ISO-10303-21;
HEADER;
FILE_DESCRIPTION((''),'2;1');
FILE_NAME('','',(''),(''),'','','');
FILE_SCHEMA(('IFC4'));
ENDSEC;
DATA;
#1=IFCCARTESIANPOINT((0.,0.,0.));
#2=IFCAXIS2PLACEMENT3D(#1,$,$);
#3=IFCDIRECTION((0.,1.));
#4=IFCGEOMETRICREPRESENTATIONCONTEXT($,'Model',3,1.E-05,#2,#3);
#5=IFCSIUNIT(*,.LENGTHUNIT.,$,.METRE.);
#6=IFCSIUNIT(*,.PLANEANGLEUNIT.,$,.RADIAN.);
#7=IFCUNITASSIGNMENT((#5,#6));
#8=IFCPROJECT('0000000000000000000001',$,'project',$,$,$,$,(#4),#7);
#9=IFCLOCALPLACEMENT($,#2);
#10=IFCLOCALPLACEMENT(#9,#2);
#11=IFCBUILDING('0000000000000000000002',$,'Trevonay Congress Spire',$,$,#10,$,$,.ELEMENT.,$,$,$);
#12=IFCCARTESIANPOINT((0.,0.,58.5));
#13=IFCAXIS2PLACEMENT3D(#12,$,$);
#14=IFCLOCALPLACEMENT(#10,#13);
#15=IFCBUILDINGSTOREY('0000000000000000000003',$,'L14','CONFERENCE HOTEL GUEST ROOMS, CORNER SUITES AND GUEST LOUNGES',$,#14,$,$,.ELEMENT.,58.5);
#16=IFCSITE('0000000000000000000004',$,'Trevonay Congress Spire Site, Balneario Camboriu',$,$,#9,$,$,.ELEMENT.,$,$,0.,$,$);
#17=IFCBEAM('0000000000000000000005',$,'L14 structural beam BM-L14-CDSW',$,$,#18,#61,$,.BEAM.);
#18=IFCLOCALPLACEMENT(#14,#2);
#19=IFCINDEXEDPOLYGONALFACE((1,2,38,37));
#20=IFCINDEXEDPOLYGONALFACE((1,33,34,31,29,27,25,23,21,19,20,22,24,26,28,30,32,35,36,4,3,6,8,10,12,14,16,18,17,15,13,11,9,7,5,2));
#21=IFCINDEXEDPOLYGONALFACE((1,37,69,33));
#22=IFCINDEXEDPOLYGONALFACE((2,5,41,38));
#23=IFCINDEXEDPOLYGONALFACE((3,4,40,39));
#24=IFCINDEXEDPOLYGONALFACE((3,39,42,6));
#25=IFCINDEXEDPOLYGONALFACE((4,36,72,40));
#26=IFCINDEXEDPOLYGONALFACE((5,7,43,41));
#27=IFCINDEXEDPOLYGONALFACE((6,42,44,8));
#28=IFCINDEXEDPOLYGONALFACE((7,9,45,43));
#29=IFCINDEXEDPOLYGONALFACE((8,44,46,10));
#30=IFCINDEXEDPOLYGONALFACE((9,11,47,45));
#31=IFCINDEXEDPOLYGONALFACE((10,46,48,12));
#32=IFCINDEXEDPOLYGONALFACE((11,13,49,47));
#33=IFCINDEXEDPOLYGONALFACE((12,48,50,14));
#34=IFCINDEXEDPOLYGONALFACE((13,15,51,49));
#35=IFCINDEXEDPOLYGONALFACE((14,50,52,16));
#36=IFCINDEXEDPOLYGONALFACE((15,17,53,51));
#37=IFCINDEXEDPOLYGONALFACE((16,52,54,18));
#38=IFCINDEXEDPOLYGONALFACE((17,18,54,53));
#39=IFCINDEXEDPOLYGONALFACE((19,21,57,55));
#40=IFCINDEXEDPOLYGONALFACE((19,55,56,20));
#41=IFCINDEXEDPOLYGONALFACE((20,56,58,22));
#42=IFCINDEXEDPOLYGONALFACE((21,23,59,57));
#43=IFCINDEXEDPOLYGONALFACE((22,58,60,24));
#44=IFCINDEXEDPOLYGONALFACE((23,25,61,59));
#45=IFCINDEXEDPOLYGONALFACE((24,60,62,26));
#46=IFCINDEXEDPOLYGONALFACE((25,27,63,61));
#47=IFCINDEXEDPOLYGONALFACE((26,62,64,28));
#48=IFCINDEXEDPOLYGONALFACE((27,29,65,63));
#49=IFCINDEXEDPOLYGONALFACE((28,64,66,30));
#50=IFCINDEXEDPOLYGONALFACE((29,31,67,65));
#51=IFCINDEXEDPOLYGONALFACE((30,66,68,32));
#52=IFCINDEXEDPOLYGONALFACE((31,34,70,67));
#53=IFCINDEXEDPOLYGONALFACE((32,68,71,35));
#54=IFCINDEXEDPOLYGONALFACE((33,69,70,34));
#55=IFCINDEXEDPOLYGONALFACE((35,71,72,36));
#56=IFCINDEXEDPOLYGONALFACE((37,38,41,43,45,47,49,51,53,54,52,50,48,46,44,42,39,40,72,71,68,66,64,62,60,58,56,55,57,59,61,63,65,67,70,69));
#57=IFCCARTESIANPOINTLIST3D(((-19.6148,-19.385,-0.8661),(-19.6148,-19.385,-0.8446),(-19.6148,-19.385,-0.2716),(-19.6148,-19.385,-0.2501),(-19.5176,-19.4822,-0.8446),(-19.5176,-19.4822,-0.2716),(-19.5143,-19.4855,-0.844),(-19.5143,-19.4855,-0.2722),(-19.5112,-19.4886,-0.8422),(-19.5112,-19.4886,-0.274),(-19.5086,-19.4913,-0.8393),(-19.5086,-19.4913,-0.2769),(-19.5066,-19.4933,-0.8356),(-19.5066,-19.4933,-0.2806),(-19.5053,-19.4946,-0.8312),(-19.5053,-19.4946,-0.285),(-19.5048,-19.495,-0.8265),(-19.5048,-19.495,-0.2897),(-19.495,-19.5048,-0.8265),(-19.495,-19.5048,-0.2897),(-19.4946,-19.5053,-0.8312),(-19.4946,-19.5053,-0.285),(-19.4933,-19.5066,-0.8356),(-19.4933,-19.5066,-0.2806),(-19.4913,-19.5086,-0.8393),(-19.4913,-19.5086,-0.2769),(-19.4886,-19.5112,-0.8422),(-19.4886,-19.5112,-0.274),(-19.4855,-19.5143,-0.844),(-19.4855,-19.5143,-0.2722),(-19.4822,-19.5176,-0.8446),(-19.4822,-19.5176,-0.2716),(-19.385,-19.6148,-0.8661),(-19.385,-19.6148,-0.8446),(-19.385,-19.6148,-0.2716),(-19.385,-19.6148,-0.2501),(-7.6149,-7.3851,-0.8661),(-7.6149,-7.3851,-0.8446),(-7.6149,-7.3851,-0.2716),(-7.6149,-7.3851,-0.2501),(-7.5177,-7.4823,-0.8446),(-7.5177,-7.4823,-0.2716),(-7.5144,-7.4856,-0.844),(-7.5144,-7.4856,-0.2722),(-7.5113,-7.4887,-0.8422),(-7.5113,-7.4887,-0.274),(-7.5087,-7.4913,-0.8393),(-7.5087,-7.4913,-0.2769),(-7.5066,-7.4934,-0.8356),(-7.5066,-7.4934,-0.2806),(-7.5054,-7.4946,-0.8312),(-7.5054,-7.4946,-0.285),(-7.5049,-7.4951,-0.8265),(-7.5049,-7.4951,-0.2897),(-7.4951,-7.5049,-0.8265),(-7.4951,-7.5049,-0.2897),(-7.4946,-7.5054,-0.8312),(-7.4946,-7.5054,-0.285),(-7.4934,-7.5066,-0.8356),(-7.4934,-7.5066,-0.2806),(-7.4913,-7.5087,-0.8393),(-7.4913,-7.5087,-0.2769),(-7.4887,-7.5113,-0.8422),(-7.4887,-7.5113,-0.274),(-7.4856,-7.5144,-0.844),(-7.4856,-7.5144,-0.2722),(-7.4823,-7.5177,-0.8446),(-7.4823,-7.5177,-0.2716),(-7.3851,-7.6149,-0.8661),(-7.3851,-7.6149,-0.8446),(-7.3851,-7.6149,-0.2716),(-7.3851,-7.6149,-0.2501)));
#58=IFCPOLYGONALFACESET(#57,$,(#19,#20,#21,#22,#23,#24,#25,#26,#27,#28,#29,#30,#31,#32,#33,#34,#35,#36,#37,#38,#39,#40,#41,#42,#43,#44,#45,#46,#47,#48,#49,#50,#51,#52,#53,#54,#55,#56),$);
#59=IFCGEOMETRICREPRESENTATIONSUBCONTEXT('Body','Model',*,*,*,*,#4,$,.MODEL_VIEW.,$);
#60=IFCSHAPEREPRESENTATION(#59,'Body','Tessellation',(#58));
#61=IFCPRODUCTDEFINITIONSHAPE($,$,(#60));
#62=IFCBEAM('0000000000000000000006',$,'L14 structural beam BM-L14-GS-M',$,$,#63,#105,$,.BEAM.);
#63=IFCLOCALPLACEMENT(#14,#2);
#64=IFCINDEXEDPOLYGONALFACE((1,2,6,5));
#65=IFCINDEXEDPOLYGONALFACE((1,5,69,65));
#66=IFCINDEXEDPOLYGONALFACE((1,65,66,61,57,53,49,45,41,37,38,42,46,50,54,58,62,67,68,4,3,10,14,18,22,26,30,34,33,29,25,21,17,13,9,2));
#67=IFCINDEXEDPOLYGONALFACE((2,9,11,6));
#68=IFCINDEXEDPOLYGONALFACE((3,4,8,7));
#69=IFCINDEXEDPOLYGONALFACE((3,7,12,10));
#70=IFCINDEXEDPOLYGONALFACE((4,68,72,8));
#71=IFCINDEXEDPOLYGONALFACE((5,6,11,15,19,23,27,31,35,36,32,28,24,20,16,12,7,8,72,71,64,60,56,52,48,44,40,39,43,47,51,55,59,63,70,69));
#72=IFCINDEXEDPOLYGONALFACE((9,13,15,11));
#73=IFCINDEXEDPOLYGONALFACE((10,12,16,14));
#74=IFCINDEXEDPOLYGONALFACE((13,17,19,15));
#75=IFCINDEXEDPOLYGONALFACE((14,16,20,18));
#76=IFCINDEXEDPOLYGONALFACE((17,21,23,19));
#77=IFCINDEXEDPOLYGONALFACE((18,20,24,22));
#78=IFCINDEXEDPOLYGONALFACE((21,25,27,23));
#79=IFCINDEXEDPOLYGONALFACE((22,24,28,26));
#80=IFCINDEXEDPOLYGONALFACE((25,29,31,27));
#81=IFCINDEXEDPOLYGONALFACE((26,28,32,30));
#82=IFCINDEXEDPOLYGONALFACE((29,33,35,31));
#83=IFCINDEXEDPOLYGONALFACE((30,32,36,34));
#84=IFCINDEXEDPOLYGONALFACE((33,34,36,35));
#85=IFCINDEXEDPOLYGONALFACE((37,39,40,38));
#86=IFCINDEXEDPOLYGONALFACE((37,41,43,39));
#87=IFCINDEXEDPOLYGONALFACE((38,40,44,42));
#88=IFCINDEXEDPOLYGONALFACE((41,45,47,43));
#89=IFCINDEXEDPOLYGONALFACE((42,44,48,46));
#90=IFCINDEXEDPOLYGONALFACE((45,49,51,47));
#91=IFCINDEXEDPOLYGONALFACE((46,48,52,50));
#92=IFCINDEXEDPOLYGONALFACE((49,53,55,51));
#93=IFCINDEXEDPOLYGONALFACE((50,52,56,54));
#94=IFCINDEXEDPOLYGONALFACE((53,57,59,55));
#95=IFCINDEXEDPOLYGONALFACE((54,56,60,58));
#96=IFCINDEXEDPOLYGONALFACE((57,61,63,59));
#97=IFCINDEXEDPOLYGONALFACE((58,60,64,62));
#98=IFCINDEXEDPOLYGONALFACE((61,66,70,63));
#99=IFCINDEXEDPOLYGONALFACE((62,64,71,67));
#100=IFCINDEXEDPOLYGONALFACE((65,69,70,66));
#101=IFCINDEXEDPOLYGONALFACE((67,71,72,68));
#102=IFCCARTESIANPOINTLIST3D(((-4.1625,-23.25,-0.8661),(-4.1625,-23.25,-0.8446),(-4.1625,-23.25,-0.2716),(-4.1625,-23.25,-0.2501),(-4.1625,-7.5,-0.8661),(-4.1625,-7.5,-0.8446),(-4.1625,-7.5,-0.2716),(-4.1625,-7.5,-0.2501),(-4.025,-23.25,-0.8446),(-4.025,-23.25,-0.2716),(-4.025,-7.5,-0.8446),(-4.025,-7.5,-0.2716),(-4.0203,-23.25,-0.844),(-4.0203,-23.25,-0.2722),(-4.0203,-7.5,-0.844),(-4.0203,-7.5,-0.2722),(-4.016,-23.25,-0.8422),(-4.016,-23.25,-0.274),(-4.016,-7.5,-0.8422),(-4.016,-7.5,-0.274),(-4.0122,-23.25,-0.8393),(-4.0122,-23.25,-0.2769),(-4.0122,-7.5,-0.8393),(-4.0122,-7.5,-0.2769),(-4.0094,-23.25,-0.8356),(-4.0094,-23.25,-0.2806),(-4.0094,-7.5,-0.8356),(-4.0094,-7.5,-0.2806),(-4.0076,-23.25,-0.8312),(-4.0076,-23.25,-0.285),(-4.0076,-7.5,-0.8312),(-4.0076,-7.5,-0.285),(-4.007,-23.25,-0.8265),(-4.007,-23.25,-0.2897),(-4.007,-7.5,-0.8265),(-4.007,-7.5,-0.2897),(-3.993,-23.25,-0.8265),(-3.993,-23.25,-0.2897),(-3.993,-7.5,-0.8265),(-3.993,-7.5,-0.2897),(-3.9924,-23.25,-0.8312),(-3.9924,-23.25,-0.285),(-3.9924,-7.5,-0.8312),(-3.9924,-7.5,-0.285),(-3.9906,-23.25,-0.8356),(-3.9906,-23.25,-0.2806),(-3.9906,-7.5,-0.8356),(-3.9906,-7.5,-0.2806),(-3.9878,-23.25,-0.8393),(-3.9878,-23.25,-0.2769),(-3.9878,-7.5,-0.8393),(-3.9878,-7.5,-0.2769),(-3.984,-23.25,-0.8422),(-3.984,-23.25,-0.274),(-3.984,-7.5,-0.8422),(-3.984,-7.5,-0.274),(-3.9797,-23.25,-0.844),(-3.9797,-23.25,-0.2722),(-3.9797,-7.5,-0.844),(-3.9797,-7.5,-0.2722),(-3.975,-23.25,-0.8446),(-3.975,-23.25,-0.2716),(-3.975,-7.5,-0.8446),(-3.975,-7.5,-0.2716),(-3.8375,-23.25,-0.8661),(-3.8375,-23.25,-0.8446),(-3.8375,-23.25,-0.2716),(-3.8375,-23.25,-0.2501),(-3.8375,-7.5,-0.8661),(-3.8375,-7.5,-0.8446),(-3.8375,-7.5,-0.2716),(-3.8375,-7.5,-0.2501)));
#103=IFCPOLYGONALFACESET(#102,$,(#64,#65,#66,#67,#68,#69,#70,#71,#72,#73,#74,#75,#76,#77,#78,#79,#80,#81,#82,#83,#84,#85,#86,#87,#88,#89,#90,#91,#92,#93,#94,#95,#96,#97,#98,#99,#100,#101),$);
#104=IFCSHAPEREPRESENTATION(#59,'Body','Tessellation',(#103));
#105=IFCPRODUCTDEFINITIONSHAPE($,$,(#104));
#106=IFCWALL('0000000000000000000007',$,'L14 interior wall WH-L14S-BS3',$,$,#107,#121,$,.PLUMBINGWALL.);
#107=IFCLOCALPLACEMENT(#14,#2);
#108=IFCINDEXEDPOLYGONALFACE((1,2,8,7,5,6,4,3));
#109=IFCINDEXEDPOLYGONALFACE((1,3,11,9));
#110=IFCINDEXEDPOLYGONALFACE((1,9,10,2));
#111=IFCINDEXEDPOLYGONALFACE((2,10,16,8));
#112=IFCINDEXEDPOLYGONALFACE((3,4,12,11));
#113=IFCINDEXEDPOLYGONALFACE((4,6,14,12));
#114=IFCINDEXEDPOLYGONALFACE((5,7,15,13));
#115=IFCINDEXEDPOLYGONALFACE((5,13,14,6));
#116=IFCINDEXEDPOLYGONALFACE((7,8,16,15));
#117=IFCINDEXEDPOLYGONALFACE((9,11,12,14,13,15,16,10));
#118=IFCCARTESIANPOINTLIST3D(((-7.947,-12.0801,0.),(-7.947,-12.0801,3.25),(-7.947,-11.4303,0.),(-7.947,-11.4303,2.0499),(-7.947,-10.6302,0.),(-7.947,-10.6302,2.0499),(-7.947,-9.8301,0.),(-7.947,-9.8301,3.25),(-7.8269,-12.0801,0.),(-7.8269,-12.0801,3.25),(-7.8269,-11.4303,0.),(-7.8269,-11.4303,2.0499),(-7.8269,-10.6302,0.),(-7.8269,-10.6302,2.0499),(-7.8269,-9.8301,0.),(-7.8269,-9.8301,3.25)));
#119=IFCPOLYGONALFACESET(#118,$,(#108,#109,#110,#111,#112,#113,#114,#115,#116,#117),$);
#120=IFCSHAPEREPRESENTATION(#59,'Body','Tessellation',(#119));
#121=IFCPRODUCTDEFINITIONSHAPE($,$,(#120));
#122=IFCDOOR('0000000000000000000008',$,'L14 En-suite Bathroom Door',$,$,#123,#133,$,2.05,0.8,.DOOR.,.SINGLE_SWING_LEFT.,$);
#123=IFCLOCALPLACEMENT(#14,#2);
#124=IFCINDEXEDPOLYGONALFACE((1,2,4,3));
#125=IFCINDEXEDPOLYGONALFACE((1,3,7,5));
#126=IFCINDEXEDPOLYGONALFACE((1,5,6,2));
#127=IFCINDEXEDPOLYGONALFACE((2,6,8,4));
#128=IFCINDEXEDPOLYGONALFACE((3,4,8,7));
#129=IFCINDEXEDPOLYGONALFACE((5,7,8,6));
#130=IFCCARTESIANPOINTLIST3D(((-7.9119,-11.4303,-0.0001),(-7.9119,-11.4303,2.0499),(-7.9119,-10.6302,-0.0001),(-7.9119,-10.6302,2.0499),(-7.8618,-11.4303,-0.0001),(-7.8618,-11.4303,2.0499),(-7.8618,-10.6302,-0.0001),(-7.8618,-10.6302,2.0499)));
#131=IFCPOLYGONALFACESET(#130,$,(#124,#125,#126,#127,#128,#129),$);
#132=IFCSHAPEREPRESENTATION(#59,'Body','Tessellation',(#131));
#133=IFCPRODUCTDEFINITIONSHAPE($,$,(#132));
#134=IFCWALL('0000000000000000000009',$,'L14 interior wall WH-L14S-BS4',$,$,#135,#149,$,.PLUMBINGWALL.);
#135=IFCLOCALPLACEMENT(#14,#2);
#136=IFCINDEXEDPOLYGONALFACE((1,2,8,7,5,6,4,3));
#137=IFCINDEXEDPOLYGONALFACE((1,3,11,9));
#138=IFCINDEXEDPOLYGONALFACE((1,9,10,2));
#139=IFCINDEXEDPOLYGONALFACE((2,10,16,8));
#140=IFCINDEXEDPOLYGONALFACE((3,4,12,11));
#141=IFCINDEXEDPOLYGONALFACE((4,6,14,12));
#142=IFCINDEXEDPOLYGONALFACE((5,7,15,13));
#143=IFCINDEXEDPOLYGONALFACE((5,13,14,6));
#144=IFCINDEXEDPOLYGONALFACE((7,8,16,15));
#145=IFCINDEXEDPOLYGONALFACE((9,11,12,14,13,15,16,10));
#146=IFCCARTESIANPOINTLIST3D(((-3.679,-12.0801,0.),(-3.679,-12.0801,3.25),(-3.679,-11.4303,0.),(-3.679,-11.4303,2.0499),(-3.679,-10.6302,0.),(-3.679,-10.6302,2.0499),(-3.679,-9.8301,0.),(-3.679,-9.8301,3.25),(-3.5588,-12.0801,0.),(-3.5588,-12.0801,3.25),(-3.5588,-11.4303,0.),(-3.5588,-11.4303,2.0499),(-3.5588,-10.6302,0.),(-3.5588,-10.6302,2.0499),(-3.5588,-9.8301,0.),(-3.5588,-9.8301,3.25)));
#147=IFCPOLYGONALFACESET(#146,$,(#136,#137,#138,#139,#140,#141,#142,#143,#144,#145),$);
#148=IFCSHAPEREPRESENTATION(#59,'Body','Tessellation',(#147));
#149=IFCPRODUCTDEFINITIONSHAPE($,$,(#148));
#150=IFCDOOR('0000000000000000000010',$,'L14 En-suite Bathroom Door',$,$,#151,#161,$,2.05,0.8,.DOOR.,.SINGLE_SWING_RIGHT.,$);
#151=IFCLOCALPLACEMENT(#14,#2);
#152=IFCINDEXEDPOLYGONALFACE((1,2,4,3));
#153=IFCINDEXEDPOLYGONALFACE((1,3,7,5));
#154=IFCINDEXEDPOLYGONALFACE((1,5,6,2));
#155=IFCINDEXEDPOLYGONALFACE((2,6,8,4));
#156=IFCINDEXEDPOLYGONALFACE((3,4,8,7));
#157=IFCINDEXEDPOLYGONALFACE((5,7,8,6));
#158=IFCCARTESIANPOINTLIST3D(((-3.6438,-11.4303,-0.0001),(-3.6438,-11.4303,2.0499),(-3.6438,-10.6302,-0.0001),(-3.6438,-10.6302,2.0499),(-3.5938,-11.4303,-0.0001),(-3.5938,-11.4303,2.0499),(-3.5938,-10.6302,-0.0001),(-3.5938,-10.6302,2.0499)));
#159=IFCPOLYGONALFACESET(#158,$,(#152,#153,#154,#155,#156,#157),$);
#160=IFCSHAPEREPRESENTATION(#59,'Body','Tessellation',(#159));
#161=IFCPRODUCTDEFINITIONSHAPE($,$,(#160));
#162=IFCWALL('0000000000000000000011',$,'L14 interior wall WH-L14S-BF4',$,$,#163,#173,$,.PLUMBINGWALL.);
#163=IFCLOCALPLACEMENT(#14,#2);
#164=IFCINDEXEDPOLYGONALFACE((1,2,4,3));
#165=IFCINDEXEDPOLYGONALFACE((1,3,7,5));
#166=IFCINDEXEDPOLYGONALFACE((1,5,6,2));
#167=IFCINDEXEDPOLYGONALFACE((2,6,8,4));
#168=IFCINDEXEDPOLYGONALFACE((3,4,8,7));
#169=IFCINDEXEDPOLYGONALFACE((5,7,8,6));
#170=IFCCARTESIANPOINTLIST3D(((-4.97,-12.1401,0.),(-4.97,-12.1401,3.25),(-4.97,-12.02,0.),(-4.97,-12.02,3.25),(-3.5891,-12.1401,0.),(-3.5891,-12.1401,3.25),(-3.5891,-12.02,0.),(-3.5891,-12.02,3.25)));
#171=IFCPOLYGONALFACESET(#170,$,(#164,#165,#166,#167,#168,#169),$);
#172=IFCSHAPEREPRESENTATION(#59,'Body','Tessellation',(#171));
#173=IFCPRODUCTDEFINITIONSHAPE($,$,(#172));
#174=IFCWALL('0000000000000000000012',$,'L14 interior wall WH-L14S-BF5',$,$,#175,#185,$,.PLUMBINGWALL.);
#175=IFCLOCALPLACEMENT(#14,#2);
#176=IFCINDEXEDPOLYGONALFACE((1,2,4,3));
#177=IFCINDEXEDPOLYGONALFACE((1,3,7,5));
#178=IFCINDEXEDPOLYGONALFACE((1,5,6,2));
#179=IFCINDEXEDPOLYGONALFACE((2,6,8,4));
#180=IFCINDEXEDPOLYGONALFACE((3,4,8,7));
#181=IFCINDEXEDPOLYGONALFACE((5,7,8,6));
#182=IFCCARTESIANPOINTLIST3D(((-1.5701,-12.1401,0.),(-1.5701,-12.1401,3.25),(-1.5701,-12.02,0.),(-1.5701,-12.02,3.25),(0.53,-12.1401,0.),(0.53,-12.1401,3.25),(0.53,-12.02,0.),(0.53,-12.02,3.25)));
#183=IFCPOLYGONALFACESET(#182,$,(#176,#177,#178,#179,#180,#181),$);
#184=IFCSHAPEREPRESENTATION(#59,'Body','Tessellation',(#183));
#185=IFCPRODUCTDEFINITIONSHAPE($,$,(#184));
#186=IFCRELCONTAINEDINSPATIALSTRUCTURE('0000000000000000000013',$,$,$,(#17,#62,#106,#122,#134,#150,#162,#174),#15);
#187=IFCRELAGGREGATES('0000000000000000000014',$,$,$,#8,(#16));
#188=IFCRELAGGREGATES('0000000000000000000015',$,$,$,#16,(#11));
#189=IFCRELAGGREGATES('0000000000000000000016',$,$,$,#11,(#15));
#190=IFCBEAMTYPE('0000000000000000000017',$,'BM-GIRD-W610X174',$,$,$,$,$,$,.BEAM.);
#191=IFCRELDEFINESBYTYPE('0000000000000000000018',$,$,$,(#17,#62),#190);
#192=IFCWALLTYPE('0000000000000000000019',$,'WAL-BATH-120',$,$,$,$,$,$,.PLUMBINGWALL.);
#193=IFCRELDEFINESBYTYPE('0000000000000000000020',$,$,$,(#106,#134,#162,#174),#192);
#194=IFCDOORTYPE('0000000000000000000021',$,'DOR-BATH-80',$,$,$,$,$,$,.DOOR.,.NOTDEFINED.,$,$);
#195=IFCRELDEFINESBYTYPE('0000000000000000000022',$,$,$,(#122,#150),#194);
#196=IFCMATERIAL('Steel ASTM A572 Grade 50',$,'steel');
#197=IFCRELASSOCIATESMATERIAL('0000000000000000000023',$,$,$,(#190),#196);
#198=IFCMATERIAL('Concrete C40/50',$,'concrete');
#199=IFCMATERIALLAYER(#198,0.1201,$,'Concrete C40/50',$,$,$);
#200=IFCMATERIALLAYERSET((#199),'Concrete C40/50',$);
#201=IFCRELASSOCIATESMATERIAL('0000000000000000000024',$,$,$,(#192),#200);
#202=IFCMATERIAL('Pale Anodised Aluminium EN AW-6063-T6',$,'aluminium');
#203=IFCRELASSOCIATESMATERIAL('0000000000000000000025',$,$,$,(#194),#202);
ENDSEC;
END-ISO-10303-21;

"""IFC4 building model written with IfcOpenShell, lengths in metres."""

from ifc_helpers import new_model, si_unit, direction, frame, frame_2d, origin, origin_2d, place, context, subcontext, project, spatial, rectangle, i_section, extrude, material, layer, layer_set, material_profile, profile_set, type_object, element, fill, save


model = new_model("IFC4")

# Units and contexts
model_context = context("Model", 3, precision=1e-05, world=origin(), true_north=direction((0.0, 1.0)))
body_context = subcontext(model_context, "Body", "Model", "MODEL_VIEW")
ifc_project = project(units=[si_unit("LENGTHUNIT", "METRE"), si_unit("PLANEANGLEUNIT", "RADIAN")], contexts=[model_context])

# Site, building, storey
site_placement = place(None, origin())
site = spatial("IfcSite", under=ifc_project, at=site_placement, Name="Trevonay Congress Spire Site, Balneario Camboriu", CompositionType="ELEMENT", RefElevation=0.0)
building_placement = place(site_placement, origin())
building = spatial("IfcBuilding", under=site, at=building_placement, Name="Trevonay Congress Spire", CompositionType="ELEMENT")
storey_placement = place(building_placement, frame((0.0, 0.0, 58.5)))
storey = spatial("IfcBuildingStorey", under=building, at=storey_placement, Name="L14", Description="CONFERENCE HOTEL GUEST ROOMS, CORNER SUITES AND GUEST LOUNGES", CompositionType="ELEMENT", Elevation=58.5)

# Shared definitions
ifc_material_1 = material(Name="Steel ASTM A572 Grade 50", Category="steel")

# Beams
ifc_material_profile_1 = material_profile(ifc_material_1, i_section(OverallWidth=0.325, OverallDepth=0.616, WebThickness=0.0139, FlangeThickness=0.0215, FilletRadius=0.0181, at=origin_2d()), Name="W610x174")
ifc_profile_set_1 = profile_set([ifc_material_profile_1], Name="Steel ASTM A572 Grade 50")
beam_type_1 = type_object("IfcBeamType", Name="BM-GIRD-W610X174", PredefinedType="BEAM", material=ifc_profile_set_1)
beam_1_placement = place(storey_placement, frame((-7.5, -7.5, -0.5581), z_axis=(-0.707107, -0.707107, 0.0), x_axis=(0.707107, -0.707107, 0.0)))
element("IfcBeam", 1, at=beam_1_placement, inside=storey, type_object=beam_type_1, Name="L14 structural beam BM-L14-CDSW", PredefinedType="BEAM", context=body_context, shape_type="SweptSolid", body=[
    extrude(i_section(OverallWidth=0.325, OverallDepth=0.616, WebThickness=0.0139, FlangeThickness=0.0215, FilletRadius=0.0181, at=origin_2d()), origin(), (0.0, 0.0, 1.0), 16.9705),
])
beam_2_placement = place(storey_placement, frame((-4.0, -7.5, -0.5581), z_axis=(0.0, -1.0, 0.0), x_axis=(1.0, 0.0, 0.0)))
element("IfcBeam", 2, at=beam_2_placement, inside=storey, type_object=beam_type_1, Name="L14 structural beam BM-L14-GS-M", PredefinedType="BEAM", context=body_context, shape_type="SweptSolid", body=[
    extrude(i_section(OverallWidth=0.325, OverallDepth=0.616, WebThickness=0.0139, FlangeThickness=0.0215, FilletRadius=0.0181, at=origin_2d()), origin(), (0.0, 0.0, 1.0), 15.75),
])

# Walls, openings, doors
ifc_material_2 = material(Name="Concrete C40/50", Category="concrete")
ifc_layer_1 = layer(ifc_material_2, 0.1201, Name="Concrete C40/50")
ifc_layer_set_1 = layer_set([ifc_layer_1], Name="Concrete C40/50")
wall_type_1 = type_object("IfcWallType", Name="WAL-BATH-120", PredefinedType="PLUMBINGWALL", material=ifc_layer_set_1)
wall_1_placement = place(storey_placement, frame((-7.887, -12.0801, 0.0), z_axis=(0.0, 0.0, 1.0), x_axis=(0.0, 1.0, 0.0)))
wall_1 = element("IfcWall", 3, at=wall_1_placement, inside=storey, type_object=wall_type_1, Name="L14 interior wall WH-L14S-BS3", PredefinedType="PLUMBINGWALL", context=body_context, shape_type="SweptSolid", body=[
    extrude(rectangle(XDim=2.25, YDim=0.1201, at=frame_2d((1.125, 0.0))), origin(), (0.0, 0.0, 1.0), 3.25),
])
opening_1_placement = place(wall_1_placement, frame((0.6499, 0.0, 0.0)))
opening_1 = element("IfcOpeningElement", 4, at=opening_1_placement, cuts=wall_1, PredefinedType="OPENING", context=body_context, shape_type="SweptSolid", body=[
    extrude(rectangle(XDim=0.8, YDim=2.05, at=frame_2d((0.3999, 1.0249))), frame((0.0, 0.0701, 0.0), z_axis=(0.0, -1.0, 0.0), x_axis=(1.0, 0.0, 0.0)), (0.0, 0.0, 1.0), 0.1401),
])
ifc_material_3 = material(Name="Pale Anodised Aluminium EN AW-6063-T6", Category="aluminium")
door_type_1 = type_object("IfcDoorType", Name="DOR-BATH-80", OperationType="NOTDEFINED", PredefinedType="DOOR", material=ifc_material_3)
door_1_placement = place(opening_1_placement, origin())
door_1 = element("IfcDoor", 5, at=door_1_placement, inside=storey, type_object=door_type_1, Name="L14 En-suite Bathroom Door", OperationType="SINGLE_SWING_LEFT", OverallHeight=2.05, OverallWidth=0.8, PredefinedType="DOOR", context=body_context, shape_type="SweptSolid", body=[
    extrude(rectangle(XDim=0.8, YDim=2.05, at=frame_2d((0.3999, 1.0249))), frame((0.0, 0.0249, 0.0), z_axis=(0.0, -1.0, 0.0), x_axis=(1.0, 0.0, 0.0)), (0.0, 0.0, 1.0), 0.05),
])
fill(opening_1, door_1)
wall_2_placement = place(storey_placement, frame((-3.6189, -12.0801, 0.0), z_axis=(0.0, 0.0, 1.0), x_axis=(0.0, 1.0, 0.0)))
wall_2 = element("IfcWall", 6, at=wall_2_placement, inside=storey, type_object=wall_type_1, Name="L14 interior wall WH-L14S-BS4", PredefinedType="PLUMBINGWALL", context=body_context, shape_type="SweptSolid", body=[
    extrude(rectangle(XDim=2.25, YDim=0.1201, at=frame_2d((1.125, 0.0))), origin(), (0.0, 0.0, 1.0), 3.25),
])
opening_2_placement = place(wall_2_placement, frame((0.6499, 0.0, 0.0)))
opening_2 = element("IfcOpeningElement", 7, at=opening_2_placement, cuts=wall_2, PredefinedType="OPENING", context=body_context, shape_type="SweptSolid", body=[
    extrude(rectangle(XDim=0.8, YDim=2.05, at=frame_2d((0.3999, 1.0249))), frame((0.0, 0.0701, 0.0), z_axis=(0.0, -1.0, 0.0), x_axis=(1.0, 0.0, 0.0)), (0.0, 0.0, 1.0), 0.1401),
])
door_2_placement = place(opening_2_placement, origin())
door_2 = element("IfcDoor", 8, at=door_2_placement, inside=storey, type_object=door_type_1, Name="L14 En-suite Bathroom Door", OperationType="SINGLE_SWING_RIGHT", OverallHeight=2.05, OverallWidth=0.8, PredefinedType="DOOR", context=body_context, shape_type="SweptSolid", body=[
    extrude(rectangle(XDim=0.8, YDim=2.05, at=frame_2d((0.3999, 1.0249))), frame((0.0, 0.0249, 0.0), z_axis=(0.0, -1.0, 0.0), x_axis=(1.0, 0.0, 0.0)), (0.0, 0.0, 1.0), 0.05),
])
fill(opening_2, door_2)

# Walls
wall_3_placement = place(storey_placement, frame((-4.97, -12.0801, 0.0), z_axis=(0.0, 0.0, 1.0), x_axis=(1.0, 0.0, 0.0)))
element("IfcWall", 9, at=wall_3_placement, inside=storey, type_object=wall_type_1, Name="L14 interior wall WH-L14S-BF4", PredefinedType="PLUMBINGWALL", context=body_context, shape_type="SweptSolid", body=[
    extrude(rectangle(XDim=1.3809, YDim=0.1201, at=frame_2d((0.6904, 0.0))), origin(), (0.0, 0.0, 1.0), 3.25),
])
wall_4_placement = place(storey_placement, frame((-1.5701, -12.0801, 0.0), z_axis=(0.0, 0.0, 1.0), x_axis=(1.0, 0.0, 0.0)))
element("IfcWall", 10, at=wall_4_placement, inside=storey, type_object=wall_type_1, Name="L14 interior wall WH-L14S-BF5", PredefinedType="PLUMBINGWALL", context=body_context, shape_type="SweptSolid", body=[
    extrude(rectangle(XDim=2.1001, YDim=0.1201, at=frame_2d((1.05, 0.0))), origin(), (0.0, 0.0, 1.0), 3.25),
])

save(model, "model.ifc")
